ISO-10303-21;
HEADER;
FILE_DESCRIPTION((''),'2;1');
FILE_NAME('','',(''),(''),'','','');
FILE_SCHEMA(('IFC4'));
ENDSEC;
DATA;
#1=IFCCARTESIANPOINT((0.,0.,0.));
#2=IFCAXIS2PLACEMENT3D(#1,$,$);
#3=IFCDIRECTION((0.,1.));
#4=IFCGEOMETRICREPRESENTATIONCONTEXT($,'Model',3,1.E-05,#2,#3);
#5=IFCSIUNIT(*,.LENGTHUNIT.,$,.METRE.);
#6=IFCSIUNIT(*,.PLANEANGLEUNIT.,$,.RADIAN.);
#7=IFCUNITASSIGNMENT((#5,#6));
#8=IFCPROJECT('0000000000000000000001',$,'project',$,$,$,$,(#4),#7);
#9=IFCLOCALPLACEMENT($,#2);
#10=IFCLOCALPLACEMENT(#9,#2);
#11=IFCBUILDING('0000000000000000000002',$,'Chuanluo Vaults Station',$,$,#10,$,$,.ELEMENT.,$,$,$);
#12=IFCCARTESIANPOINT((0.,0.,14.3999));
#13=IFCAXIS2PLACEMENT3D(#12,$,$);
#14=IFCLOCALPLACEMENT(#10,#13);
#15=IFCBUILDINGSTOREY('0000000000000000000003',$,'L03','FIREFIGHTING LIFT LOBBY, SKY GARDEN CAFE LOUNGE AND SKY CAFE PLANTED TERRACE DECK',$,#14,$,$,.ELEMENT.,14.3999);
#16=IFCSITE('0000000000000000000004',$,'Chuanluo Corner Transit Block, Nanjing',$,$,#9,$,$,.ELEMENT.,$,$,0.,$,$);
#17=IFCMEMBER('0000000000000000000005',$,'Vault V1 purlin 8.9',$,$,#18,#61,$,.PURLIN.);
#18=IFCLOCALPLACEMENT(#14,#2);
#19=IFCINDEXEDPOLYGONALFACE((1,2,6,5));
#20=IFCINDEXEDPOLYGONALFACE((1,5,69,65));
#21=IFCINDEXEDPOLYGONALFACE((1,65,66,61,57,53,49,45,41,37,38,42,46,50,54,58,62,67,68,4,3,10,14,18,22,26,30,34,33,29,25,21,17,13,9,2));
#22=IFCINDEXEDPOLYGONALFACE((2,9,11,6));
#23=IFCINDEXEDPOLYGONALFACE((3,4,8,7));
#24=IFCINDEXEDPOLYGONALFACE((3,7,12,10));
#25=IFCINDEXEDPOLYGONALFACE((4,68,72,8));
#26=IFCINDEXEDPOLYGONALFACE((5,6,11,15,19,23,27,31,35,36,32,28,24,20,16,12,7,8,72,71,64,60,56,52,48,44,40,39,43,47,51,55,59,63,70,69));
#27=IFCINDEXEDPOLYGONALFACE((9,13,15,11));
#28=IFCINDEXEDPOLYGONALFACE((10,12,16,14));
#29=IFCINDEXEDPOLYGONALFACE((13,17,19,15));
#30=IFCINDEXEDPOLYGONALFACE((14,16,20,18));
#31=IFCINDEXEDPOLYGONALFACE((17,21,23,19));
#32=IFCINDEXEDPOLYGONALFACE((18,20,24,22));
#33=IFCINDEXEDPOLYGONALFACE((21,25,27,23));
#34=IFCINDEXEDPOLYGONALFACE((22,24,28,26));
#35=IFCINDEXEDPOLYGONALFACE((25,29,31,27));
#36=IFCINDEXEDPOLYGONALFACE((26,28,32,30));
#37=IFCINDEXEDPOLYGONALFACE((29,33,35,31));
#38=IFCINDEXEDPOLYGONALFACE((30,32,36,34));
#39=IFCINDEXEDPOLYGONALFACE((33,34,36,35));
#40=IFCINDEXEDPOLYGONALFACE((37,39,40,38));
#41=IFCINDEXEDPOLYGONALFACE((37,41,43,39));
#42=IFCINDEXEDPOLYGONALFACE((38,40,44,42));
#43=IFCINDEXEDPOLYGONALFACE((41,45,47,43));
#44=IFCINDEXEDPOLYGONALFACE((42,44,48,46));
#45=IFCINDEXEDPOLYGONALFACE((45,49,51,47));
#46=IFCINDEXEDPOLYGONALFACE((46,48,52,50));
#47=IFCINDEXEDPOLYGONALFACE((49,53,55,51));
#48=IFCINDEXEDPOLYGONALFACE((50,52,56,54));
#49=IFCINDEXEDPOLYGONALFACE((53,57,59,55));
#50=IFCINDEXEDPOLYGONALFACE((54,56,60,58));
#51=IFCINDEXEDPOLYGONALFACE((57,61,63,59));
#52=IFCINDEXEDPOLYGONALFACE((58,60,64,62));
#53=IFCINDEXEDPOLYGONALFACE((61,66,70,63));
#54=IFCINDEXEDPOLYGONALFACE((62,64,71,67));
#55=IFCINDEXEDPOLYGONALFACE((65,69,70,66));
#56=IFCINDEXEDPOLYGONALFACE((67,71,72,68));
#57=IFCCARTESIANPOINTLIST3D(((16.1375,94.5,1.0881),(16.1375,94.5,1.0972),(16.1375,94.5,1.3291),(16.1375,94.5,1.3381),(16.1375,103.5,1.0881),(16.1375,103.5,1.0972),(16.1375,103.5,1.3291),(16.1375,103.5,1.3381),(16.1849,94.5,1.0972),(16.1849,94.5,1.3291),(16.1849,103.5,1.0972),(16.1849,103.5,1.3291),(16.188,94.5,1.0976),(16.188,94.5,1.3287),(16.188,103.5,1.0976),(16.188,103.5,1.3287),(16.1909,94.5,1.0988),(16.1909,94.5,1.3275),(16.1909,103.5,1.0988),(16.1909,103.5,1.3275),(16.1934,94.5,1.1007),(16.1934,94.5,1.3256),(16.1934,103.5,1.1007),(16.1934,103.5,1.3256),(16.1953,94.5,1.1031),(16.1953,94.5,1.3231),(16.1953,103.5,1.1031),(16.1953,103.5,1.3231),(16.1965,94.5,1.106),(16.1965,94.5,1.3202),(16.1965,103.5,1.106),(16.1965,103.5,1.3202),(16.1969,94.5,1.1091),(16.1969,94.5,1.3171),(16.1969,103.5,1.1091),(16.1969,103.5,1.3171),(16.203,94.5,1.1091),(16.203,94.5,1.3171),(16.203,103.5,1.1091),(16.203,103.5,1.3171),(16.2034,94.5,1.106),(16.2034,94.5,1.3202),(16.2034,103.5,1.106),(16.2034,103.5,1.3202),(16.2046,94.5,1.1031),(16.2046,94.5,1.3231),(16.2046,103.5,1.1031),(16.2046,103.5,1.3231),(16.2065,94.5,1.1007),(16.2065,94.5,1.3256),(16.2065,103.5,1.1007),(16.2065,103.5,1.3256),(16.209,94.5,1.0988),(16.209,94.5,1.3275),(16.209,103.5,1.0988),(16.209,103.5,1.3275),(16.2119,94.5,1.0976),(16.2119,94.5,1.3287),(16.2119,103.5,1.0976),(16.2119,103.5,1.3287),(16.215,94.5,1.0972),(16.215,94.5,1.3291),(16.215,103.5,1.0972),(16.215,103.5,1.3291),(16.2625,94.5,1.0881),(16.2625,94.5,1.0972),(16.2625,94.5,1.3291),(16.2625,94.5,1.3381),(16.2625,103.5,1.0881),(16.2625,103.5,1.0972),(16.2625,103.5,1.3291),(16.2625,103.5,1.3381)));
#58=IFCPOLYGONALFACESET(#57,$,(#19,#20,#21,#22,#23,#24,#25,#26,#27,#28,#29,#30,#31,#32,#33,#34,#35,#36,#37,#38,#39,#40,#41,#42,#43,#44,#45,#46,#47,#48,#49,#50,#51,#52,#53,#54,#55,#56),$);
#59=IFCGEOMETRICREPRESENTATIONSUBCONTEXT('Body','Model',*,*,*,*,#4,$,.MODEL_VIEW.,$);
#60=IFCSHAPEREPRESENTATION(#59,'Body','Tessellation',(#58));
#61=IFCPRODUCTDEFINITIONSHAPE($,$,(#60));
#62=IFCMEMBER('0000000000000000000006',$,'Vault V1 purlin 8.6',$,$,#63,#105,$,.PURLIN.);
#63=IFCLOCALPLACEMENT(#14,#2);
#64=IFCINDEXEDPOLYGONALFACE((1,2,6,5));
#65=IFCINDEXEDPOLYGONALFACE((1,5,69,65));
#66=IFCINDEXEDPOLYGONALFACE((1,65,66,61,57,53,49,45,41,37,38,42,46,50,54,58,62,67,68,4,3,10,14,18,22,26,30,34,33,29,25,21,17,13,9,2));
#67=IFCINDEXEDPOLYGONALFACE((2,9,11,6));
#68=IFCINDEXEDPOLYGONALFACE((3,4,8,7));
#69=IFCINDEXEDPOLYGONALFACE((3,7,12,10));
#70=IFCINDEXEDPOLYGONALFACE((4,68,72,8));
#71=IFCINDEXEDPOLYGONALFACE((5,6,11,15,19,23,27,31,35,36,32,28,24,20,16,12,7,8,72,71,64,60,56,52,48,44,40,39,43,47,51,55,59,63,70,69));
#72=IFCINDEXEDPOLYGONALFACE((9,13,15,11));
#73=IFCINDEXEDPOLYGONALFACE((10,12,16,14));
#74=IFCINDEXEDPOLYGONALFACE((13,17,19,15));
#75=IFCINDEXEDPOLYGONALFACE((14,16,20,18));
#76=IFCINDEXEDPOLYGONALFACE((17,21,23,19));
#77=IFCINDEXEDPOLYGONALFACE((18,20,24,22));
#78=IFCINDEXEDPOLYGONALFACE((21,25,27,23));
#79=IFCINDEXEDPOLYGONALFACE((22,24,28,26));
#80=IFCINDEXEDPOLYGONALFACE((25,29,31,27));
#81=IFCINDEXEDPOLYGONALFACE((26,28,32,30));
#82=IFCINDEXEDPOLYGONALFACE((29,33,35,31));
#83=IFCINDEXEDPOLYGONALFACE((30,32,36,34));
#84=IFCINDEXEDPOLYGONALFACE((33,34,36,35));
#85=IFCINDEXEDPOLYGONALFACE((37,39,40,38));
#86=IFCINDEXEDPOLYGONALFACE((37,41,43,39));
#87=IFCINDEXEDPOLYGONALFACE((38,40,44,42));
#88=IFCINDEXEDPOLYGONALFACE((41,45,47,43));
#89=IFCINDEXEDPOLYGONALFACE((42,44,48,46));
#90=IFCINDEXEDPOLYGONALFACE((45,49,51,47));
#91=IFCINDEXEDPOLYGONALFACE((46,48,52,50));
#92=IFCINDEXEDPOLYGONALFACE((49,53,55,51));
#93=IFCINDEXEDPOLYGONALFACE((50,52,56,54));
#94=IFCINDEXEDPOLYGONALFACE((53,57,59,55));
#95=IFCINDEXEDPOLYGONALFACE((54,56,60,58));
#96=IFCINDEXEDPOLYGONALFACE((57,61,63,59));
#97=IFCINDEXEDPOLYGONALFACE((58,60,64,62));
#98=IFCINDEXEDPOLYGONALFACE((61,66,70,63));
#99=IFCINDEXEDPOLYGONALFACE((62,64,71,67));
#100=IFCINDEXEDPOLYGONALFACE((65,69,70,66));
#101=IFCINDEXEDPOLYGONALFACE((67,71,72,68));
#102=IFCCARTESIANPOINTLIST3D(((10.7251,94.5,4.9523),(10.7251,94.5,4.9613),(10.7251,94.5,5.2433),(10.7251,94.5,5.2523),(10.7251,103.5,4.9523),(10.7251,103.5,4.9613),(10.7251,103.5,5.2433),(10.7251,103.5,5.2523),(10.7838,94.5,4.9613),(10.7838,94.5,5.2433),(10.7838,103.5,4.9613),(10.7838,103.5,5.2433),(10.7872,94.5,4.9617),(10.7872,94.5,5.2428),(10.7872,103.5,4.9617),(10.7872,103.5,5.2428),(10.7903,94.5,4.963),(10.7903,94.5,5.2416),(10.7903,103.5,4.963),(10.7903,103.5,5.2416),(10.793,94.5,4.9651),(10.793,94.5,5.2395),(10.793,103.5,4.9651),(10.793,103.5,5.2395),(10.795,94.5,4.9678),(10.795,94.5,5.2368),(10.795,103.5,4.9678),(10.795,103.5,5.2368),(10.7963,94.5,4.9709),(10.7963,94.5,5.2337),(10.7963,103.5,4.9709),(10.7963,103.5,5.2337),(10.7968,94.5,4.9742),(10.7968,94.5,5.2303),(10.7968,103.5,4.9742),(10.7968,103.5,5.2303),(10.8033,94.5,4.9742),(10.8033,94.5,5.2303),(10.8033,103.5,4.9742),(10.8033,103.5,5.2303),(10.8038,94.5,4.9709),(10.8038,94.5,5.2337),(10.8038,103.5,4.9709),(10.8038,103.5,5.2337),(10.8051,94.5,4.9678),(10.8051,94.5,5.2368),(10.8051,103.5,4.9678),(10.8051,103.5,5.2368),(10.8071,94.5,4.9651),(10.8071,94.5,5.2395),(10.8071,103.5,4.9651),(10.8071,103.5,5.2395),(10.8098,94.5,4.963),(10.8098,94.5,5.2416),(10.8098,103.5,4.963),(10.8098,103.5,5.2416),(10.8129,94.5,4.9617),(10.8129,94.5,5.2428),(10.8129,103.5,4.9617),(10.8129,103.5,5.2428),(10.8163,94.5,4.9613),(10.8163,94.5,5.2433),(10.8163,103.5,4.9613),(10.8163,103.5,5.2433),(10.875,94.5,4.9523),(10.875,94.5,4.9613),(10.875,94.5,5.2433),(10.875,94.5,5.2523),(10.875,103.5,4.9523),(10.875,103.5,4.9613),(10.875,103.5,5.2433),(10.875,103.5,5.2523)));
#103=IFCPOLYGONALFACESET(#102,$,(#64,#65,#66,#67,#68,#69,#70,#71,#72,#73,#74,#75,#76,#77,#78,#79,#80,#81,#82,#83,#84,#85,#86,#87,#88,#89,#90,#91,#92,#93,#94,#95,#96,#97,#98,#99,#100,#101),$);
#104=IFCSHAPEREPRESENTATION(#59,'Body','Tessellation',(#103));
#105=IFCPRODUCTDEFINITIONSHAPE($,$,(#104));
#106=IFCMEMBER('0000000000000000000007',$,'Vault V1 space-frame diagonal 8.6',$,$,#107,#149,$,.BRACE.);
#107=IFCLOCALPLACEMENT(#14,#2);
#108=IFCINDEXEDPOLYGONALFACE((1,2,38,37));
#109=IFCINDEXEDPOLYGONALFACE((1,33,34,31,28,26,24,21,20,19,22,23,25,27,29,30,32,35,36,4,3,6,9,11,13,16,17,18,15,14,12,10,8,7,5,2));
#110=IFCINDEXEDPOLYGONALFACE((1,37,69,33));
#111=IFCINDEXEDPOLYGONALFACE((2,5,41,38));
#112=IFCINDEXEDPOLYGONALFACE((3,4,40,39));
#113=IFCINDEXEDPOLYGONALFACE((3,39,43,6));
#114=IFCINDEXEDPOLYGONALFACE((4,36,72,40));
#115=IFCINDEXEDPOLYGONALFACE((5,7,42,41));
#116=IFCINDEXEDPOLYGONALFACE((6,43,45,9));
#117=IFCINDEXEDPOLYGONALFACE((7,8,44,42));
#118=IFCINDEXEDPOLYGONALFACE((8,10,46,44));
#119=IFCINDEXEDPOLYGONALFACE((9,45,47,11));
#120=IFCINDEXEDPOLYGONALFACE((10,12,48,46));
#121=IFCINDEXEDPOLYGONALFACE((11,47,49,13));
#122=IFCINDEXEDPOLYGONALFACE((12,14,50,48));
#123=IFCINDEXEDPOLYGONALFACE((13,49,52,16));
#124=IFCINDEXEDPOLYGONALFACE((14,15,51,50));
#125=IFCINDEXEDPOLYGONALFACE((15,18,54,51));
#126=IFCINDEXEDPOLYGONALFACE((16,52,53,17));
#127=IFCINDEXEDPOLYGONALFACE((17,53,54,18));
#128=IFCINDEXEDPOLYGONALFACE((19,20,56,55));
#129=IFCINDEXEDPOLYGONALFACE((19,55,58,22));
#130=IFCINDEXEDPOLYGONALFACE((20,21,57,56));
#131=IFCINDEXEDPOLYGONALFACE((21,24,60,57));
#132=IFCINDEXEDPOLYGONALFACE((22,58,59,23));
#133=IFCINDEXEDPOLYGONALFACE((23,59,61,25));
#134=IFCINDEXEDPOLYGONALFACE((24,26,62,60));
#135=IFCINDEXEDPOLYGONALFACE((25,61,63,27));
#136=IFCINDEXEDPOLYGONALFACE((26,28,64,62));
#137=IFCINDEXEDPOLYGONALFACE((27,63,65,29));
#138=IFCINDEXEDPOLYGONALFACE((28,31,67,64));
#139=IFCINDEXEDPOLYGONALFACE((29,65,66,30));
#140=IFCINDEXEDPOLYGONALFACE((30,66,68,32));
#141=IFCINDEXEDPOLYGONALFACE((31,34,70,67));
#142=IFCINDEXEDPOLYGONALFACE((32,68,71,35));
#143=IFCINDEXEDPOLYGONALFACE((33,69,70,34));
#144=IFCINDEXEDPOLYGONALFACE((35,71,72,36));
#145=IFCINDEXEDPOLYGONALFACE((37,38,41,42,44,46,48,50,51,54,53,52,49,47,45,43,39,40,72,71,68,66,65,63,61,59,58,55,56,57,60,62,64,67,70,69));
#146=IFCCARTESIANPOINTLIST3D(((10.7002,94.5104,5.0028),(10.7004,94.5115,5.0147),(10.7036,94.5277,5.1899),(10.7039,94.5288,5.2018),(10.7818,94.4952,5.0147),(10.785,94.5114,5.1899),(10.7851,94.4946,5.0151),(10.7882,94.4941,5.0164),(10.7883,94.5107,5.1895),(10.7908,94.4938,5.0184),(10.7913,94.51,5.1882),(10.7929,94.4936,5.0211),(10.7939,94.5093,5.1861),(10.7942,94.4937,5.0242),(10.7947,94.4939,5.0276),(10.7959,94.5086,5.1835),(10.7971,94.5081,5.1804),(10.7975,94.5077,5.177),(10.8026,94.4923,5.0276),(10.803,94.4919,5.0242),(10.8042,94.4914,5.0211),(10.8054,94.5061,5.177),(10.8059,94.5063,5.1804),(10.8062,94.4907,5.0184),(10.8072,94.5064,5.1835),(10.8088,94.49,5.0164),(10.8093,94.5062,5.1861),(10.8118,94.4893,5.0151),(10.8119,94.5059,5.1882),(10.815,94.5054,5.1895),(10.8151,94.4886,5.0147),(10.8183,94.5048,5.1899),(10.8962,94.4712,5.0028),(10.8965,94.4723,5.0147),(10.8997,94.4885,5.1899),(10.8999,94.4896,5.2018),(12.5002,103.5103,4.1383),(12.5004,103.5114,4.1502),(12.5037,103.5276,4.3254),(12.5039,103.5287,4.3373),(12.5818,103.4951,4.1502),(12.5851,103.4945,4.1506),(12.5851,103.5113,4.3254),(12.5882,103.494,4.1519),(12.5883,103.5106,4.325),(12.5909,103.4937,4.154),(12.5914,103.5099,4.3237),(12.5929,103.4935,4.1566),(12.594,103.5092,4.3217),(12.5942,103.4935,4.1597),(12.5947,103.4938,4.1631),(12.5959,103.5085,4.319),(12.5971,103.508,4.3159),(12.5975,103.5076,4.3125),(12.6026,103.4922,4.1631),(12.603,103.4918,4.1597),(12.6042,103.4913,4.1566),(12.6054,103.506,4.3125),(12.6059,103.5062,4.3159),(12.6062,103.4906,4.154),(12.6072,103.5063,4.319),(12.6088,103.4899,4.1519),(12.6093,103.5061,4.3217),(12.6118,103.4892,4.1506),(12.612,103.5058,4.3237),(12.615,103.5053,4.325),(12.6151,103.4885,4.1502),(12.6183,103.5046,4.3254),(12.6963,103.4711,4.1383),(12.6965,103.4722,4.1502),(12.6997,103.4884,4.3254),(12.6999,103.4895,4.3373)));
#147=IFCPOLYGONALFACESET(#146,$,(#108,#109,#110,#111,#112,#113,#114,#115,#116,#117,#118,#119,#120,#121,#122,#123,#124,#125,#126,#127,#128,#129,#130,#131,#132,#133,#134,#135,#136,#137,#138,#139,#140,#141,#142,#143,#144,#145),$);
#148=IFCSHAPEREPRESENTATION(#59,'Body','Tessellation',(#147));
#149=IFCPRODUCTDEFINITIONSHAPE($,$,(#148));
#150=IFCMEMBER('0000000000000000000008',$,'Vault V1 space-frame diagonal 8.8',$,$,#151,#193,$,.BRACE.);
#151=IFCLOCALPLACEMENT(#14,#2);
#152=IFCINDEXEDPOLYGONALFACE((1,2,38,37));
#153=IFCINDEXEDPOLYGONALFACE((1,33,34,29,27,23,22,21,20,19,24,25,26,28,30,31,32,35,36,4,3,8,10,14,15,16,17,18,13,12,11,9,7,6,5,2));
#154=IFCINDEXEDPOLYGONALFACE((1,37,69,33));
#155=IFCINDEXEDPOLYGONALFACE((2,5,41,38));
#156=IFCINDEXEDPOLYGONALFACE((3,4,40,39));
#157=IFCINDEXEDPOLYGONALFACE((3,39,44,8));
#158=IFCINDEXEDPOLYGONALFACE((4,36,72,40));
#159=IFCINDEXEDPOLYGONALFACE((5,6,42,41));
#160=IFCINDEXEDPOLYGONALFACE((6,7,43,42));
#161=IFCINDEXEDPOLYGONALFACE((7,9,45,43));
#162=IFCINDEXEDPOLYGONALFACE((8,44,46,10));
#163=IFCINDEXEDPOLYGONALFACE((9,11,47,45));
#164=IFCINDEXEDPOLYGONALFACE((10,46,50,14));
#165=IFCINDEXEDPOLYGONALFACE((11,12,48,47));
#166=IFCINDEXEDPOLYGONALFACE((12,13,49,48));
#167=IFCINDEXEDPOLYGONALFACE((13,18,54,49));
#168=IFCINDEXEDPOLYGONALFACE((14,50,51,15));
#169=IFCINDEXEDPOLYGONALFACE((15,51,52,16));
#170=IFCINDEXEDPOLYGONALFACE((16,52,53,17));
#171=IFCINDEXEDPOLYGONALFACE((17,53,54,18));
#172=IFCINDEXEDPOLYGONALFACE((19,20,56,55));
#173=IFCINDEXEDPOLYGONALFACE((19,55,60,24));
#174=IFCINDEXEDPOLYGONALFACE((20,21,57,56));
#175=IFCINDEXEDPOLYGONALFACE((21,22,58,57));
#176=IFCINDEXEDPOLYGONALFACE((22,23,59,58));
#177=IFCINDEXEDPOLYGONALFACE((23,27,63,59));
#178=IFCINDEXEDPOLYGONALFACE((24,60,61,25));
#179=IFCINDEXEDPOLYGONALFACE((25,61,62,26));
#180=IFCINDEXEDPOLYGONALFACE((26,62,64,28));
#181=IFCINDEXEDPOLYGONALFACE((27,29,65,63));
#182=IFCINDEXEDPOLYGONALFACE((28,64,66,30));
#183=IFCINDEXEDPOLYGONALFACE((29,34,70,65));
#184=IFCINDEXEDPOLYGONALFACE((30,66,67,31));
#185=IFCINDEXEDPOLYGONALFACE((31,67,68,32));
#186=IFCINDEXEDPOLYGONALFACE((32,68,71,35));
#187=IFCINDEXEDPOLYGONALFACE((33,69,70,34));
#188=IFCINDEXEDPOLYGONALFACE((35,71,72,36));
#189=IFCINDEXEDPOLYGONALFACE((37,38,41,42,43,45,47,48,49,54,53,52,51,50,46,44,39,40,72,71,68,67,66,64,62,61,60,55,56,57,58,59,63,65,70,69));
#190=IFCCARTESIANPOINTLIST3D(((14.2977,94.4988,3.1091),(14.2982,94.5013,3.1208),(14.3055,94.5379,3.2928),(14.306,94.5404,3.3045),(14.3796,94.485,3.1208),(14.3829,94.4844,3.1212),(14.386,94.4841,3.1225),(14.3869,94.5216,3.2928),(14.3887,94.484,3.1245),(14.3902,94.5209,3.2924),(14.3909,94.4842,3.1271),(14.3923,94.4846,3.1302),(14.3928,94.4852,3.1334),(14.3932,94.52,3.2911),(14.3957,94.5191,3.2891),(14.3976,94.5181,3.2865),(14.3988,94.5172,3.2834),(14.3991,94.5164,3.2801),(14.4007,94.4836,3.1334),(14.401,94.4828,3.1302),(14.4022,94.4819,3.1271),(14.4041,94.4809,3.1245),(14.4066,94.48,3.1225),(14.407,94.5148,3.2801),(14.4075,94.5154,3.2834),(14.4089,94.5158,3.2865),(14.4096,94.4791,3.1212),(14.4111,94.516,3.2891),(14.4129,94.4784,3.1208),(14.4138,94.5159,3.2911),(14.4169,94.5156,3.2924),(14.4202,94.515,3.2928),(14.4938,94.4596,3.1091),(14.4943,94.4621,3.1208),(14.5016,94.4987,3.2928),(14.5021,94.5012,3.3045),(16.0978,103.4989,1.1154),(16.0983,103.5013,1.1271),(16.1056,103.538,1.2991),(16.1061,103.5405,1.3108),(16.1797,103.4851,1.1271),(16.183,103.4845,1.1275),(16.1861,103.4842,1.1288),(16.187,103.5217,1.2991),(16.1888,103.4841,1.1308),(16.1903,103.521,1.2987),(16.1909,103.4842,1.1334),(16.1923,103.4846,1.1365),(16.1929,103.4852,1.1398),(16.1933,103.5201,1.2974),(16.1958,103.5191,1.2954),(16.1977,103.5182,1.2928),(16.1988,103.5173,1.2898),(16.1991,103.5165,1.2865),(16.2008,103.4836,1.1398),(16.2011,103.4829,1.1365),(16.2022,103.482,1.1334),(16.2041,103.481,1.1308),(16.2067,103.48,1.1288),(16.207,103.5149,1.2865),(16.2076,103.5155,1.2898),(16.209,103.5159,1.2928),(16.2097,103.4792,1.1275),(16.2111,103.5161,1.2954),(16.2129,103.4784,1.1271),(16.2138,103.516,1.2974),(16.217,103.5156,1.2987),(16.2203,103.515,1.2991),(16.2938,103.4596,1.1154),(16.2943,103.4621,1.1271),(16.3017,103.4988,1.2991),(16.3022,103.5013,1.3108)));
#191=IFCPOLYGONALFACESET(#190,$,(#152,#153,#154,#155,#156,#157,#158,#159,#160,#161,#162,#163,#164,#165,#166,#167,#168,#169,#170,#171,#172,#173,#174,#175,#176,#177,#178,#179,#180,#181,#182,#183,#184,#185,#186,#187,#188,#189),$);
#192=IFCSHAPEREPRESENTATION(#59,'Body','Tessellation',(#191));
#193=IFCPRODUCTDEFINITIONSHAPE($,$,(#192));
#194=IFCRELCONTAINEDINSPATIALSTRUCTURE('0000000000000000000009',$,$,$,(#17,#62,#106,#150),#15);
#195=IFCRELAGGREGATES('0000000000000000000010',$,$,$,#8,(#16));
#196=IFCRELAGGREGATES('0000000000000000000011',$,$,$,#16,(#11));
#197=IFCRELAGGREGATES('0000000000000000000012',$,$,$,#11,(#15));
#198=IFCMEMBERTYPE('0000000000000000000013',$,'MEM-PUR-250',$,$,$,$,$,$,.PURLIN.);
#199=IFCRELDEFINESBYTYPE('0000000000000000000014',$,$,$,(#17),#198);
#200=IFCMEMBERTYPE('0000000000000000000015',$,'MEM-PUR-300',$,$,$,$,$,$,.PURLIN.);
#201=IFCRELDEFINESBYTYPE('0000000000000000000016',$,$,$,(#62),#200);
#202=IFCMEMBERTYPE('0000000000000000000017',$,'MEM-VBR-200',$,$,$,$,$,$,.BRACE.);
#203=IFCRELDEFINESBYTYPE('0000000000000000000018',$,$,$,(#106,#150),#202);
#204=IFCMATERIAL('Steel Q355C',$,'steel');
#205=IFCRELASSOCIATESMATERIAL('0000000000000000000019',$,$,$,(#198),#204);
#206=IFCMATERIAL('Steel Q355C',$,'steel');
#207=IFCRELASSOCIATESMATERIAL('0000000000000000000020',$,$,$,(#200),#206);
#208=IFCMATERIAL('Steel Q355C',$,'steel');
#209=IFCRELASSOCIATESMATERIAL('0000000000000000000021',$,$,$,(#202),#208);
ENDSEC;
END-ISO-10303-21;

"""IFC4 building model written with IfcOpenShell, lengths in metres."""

from ifc_helpers import new_model, si_unit, direction, frame, origin, origin_2d, place, context, subcontext, project, spatial, i_section, extrude, material, material_profile, profile_set, type_object, element, save


model = new_model("IFC4")

# Units and contexts
model_context = context("Model", 3, precision=1e-05, world=origin(), true_north=direction((0.0, 1.0)))
body_context = subcontext(model_context, "Body", "Model", "MODEL_VIEW")
ifc_project = project(units=[si_unit("LENGTHUNIT", "METRE"), si_unit("PLANEANGLEUNIT", "RADIAN")], contexts=[model_context])

# Site, building, storey
site_placement = place(None, origin())
site = spatial("IfcSite", under=ifc_project, at=site_placement, Name="Chuanluo Corner Transit Block, Nanjing", CompositionType="ELEMENT", RefElevation=0.0)
building_placement = place(site_placement, origin())
building = spatial("IfcBuilding", under=site, at=building_placement, Name="Chuanluo Vaults Station", CompositionType="ELEMENT")
storey_placement = place(building_placement, frame((0.0, 0.0, 14.3999)))
storey = spatial("IfcBuildingStorey", under=building, at=storey_placement, Name="L03", Description="FIREFIGHTING LIFT LOBBY, SKY GARDEN CAFE LOUNGE AND SKY CAFE PLANTED TERRACE DECK", CompositionType="ELEMENT", Elevation=14.3999)

# Members
ifc_material_1 = material(Name="Steel Q355C", Category="steel")
ifc_material_profile_1 = material_profile(ifc_material_1, i_section(OverallWidth=0.125, OverallDepth=0.25, WebThickness=0.0061, FlangeThickness=0.009, FilletRadius=0.012, at=origin_2d()))
ifc_profile_set_1 = profile_set([ifc_material_profile_1], Name="Steel Q355C")
member_type_1 = type_object("IfcMemberType", Name="MEM-PUR-250", PredefinedType="PURLIN", material=ifc_profile_set_1)
for number, where, z_axis, x_axis, name in (
    (1, (16.2, 94.5, 1.2131), (0.0, 1.0, 0.0), (-1.0, 0.0, 0.0), "Vault V1 purlin 8.9"),
):
    element("IfcMember", number, at=place(storey_placement, frame(where, z_axis=z_axis, x_axis=x_axis)), inside=storey, type_object=member_type_1, Name=name, PredefinedType="PURLIN", context=body_context, shape_type="SweptSolid", body=[
        extrude(i_section(OverallWidth=0.125, OverallDepth=0.25, WebThickness=0.0061, FlangeThickness=0.009, FilletRadius=0.012, at=origin_2d()), origin(), (0.0, 0.0, 1.0), 9.0),
    ])
ifc_material_2 = material(Name="Steel Q355C", Category="steel")
ifc_material_profile_2 = material_profile(ifc_material_2, i_section(OverallWidth=0.1499, OverallDepth=0.3, WebThickness=0.0066, FlangeThickness=0.009, FilletRadius=0.0129, at=origin_2d()))
ifc_profile_set_2 = profile_set([ifc_material_profile_2], Name="Steel Q355C")
member_type_2 = type_object("IfcMemberType", Name="MEM-PUR-300", PredefinedType="PURLIN", material=ifc_profile_set_2)
member_1_placement = place(storey_placement, frame((10.8, 94.5, 5.1023), z_axis=(0.0, 1.0, 0.0), x_axis=(-1.0, 0.0, 0.0)))
element("IfcMember", 2, at=member_1_placement, inside=storey, type_object=member_type_2, Name="Vault V1 purlin 8.6", PredefinedType="PURLIN", context=body_context, shape_type="SweptSolid", body=[
    extrude(i_section(OverallWidth=0.1499, OverallDepth=0.3, WebThickness=0.0066, FlangeThickness=0.009, FilletRadius=0.0129, at=origin_2d()), origin(), (0.0, 0.0, 1.0), 9.0),
])
ifc_material_3 = material(Name="Steel Q355C", Category="steel")
ifc_material_profile_3 = material_profile(ifc_material_3, i_section(OverallWidth=0.2, OverallDepth=0.2, WebThickness=0.0081, FlangeThickness=0.012, FilletRadius=0.0129, at=origin_2d()))
ifc_profile_set_3 = profile_set([ifc_material_profile_3], Name="Steel Q355C")
member_type_3 = type_object("IfcMemberType", Name="MEM-VBR-200", PredefinedType="BRACE", material=ifc_profile_set_3)
member_2_placement = place(storey_placement, frame((10.8, 94.5, 5.1023), z_axis=(0.195257, 0.976259, -0.093775), x_axis=(-0.98058, 0.196121, 0.0)))
element("IfcMember", 3, at=member_2_placement, inside=storey, type_object=member_type_3, Name="Vault V1 space-frame diagonal 8.6", PredefinedType="BRACE", context=body_context, shape_type="SweptSolid", body=[
    extrude(i_section(OverallWidth=0.2, OverallDepth=0.2, WebThickness=0.0081, FlangeThickness=0.012, FilletRadius=0.0129, at=origin_2d()), origin(), (0.0, 0.0, 1.0), 9.2188),
])
member_3_placement = place(storey_placement, frame((14.3999, 94.5, 3.2068), z_axis=(0.191652, 0.958234, -0.212265), x_axis=(-0.98058, 0.196121, 0.0)))
element("IfcMember", 4, at=member_3_placement, inside=storey, type_object=member_type_3, Name="Vault V1 space-frame diagonal 8.8", PredefinedType="BRACE", context=body_context, shape_type="SweptSolid", body=[
    extrude(i_section(OverallWidth=0.2, OverallDepth=0.2, WebThickness=0.0081, FlangeThickness=0.012, FilletRadius=0.0129, at=origin_2d()), origin(), (0.0, 0.0, 1.0), 9.3923),
])

save(model, "model.ifc")
